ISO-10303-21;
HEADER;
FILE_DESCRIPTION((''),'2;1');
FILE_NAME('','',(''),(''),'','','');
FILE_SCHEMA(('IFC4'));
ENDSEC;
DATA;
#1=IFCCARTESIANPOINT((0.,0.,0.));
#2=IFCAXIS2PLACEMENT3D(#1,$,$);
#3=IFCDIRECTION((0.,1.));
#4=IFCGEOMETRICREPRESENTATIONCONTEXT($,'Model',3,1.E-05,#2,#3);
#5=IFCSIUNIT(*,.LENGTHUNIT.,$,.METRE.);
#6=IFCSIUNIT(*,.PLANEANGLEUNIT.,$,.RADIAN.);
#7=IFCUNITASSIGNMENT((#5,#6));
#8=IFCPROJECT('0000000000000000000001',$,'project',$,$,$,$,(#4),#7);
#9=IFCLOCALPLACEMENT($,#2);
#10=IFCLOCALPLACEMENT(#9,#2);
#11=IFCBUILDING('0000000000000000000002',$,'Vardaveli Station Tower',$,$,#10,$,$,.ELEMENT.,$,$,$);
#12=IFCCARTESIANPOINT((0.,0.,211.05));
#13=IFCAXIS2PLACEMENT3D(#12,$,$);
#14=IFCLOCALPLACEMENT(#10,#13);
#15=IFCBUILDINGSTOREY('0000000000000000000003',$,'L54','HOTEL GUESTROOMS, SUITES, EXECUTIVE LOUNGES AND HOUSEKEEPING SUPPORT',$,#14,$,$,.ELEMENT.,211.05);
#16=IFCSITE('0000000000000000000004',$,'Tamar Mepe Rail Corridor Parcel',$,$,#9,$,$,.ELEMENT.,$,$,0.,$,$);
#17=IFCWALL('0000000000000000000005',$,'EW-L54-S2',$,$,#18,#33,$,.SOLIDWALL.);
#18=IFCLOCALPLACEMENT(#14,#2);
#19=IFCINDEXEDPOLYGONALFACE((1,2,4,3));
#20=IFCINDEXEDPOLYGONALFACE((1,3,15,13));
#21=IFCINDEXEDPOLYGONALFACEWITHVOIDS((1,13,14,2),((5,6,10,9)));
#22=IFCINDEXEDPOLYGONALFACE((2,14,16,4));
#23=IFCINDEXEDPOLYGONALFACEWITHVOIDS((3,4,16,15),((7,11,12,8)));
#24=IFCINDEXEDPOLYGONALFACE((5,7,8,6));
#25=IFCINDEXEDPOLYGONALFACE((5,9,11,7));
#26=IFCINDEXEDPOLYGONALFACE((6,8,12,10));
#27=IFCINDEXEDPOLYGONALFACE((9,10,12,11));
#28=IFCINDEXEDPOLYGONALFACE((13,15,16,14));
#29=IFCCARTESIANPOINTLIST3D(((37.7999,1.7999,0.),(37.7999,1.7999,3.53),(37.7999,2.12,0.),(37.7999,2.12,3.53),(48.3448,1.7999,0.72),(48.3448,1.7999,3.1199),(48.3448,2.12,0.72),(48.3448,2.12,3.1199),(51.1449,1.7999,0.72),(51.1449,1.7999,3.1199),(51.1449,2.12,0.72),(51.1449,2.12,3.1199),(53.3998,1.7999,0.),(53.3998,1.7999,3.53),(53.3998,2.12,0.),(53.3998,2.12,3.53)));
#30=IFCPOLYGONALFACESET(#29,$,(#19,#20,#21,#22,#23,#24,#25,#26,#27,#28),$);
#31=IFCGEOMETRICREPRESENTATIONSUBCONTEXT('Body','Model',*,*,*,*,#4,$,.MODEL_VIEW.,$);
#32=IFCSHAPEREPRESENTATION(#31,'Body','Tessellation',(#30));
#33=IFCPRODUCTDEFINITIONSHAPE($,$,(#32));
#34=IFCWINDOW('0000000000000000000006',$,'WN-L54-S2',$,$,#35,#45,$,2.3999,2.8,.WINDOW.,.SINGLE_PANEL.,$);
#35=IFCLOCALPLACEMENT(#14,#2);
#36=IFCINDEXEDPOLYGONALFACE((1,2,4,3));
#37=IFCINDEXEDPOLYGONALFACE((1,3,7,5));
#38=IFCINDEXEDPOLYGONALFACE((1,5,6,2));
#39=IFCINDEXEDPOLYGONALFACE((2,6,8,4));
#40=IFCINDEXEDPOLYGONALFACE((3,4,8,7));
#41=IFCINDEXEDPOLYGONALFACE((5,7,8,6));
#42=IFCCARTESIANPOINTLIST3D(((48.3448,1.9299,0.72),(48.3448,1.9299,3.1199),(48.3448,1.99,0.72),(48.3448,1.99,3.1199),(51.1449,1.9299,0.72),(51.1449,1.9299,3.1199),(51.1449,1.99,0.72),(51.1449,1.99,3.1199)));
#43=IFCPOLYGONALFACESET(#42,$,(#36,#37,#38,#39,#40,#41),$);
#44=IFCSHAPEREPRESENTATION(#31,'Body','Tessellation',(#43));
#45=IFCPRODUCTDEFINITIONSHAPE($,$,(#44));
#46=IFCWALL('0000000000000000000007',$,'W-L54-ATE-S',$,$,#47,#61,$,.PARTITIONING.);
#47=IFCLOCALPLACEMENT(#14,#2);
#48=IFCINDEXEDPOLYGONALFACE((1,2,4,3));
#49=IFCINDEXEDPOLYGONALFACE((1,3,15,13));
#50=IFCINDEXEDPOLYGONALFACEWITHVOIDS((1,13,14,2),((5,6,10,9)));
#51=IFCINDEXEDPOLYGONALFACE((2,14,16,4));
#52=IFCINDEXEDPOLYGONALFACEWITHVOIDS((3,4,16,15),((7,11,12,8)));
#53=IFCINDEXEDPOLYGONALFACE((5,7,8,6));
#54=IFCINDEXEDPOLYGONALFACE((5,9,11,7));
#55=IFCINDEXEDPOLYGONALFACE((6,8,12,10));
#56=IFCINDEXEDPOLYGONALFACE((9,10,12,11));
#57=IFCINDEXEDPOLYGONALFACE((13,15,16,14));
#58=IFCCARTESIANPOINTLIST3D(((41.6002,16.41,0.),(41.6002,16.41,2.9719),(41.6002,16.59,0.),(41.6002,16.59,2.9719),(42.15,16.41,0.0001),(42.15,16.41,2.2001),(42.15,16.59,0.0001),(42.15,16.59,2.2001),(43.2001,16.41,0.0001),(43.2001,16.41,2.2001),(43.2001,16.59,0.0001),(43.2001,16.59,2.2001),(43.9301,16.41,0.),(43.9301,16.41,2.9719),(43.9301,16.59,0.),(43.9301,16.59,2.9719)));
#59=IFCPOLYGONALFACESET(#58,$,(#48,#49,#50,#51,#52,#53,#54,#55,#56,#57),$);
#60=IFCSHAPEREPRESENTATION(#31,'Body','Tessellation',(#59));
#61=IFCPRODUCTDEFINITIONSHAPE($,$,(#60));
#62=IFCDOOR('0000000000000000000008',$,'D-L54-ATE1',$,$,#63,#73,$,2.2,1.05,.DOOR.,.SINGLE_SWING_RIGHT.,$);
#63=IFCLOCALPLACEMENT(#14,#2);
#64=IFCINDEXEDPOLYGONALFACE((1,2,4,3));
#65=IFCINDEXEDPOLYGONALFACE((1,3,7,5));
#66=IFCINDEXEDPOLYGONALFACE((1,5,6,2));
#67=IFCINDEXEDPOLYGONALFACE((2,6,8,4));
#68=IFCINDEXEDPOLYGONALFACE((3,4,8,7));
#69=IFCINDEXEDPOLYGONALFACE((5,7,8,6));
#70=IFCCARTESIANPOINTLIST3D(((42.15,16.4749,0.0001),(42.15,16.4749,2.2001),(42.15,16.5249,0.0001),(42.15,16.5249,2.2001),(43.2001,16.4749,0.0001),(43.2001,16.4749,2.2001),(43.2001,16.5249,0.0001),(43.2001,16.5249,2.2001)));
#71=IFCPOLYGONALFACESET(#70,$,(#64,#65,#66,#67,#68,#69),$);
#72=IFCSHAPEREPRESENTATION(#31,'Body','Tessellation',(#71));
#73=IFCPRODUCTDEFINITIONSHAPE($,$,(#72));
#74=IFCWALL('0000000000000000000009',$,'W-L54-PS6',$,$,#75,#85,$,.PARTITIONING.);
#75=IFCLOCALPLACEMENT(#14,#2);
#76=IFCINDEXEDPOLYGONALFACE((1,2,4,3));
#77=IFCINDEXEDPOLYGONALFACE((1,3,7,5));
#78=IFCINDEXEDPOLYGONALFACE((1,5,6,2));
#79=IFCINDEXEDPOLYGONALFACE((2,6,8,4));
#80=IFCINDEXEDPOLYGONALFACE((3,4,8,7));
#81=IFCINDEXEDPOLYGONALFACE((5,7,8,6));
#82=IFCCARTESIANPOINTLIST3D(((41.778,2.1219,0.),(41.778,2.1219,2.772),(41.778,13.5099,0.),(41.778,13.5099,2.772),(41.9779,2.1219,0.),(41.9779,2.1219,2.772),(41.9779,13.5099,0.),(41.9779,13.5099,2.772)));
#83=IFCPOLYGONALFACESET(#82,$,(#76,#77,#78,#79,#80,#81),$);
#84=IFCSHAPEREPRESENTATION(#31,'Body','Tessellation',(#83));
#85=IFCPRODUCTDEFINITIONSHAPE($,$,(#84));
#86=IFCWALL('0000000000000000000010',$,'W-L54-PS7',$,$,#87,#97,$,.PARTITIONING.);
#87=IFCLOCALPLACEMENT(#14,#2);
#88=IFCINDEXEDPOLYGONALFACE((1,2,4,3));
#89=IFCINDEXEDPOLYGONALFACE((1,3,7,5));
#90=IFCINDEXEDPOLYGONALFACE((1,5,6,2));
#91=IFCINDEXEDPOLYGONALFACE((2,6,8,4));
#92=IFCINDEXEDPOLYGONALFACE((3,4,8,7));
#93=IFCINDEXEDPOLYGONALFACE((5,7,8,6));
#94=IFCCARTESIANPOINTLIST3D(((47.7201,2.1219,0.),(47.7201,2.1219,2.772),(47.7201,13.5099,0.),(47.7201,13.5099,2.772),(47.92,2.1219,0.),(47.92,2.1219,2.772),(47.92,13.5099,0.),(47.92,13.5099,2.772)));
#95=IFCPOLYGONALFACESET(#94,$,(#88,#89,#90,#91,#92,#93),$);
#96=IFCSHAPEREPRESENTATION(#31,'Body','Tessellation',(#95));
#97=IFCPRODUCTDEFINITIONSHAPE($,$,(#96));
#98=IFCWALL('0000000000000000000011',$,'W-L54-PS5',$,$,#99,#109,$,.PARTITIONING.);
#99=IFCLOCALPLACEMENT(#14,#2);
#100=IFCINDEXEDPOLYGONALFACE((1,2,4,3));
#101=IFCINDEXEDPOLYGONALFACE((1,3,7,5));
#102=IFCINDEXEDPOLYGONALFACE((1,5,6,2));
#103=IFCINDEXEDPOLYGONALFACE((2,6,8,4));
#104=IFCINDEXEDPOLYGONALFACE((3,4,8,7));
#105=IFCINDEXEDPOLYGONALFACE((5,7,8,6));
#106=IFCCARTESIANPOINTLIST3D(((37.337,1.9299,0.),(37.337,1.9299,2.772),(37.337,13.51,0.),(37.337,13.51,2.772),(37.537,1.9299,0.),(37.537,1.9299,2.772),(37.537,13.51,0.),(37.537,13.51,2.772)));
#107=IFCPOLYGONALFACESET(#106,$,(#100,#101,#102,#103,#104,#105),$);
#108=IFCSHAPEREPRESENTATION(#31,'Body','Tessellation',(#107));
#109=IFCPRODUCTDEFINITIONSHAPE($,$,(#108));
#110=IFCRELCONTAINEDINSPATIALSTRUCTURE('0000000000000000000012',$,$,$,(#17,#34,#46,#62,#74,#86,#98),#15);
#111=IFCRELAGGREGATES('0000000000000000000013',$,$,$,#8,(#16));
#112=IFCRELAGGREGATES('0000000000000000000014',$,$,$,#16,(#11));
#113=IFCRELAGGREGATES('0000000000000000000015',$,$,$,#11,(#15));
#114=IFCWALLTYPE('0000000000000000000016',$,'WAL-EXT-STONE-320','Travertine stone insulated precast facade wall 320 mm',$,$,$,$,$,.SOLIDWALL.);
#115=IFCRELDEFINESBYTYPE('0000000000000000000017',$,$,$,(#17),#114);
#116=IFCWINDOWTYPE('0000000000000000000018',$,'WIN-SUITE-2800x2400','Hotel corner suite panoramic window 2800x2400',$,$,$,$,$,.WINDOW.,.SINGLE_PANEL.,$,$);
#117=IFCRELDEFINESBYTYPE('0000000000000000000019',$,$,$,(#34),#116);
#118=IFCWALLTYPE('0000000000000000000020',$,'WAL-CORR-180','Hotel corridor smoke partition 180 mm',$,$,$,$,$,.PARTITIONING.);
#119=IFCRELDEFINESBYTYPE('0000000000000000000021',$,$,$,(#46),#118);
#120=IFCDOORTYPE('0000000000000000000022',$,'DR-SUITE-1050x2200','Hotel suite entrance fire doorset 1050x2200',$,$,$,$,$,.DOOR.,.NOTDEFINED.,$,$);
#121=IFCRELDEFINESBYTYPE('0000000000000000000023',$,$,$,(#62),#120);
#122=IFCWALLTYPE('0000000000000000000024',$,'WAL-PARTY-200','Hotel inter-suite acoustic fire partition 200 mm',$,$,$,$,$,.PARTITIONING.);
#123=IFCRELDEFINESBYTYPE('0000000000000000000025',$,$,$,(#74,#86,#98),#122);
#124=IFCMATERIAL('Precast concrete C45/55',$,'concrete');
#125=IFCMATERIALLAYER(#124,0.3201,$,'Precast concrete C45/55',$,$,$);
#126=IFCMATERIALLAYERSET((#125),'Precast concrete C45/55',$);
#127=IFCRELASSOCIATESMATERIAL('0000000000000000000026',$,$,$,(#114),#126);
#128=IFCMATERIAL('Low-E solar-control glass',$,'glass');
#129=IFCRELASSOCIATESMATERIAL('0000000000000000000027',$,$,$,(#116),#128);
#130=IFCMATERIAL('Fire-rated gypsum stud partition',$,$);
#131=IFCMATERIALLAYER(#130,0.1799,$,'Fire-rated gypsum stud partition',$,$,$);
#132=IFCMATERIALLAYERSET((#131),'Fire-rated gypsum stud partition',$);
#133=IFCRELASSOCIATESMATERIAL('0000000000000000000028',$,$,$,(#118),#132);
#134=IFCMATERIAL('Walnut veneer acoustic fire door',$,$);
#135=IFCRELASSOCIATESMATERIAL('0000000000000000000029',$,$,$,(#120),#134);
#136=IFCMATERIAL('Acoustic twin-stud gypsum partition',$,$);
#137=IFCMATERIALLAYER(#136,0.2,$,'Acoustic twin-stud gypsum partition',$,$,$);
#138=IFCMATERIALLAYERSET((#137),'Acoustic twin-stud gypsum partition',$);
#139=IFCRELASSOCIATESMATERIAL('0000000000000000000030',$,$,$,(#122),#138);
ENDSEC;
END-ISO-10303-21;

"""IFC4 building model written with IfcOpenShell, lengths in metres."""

from ifc_helpers import new_model, si_unit, direction, frame, frame_2d, origin, place, context, subcontext, project, spatial, rectangle, extrude, source, transform, mapped, material, layer, layer_set, type_object, element, fill, save


model = new_model("IFC4")

# Units and contexts
model_context = context("Model", 3, precision=1e-05, world=origin(), true_north=direction((0.0, 1.0)))
body_context = subcontext(model_context, "Body", "Model", "MODEL_VIEW")
ifc_project = project(units=[si_unit("LENGTHUNIT", "METRE"), si_unit("PLANEANGLEUNIT", "RADIAN")], contexts=[model_context])

# Site, building, storey
site_placement = place(None, origin())
site = spatial("IfcSite", under=ifc_project, at=site_placement, Name="Tamar Mepe Rail Corridor Parcel", CompositionType="ELEMENT", RefElevation=0.0)
building_placement = place(site_placement, origin())
building = spatial("IfcBuilding", under=site, at=building_placement, Name="Vardaveli Station Tower", CompositionType="ELEMENT")
storey_placement = place(building_placement, frame((0.0, 0.0, 211.05)))
storey = spatial("IfcBuildingStorey", under=building, at=storey_placement, Name="L54", Description="HOTEL GUESTROOMS, SUITES, EXECUTIVE LOUNGES AND HOUSEKEEPING SUPPORT", CompositionType="ELEMENT", Elevation=211.05)

# Shared definitions
ifc_material_1 = material(Name="Precast concrete C45/55", Category="concrete")

# Wall, opening, window
ifc_layer_1 = layer(ifc_material_1, 0.3201, Name="Precast concrete C45/55")
ifc_layer_set_1 = layer_set([ifc_layer_1], Name="Precast concrete C45/55")
wall_type_1 = type_object("IfcWallType", Name="WAL-EXT-STONE-320", Description="Travertine stone insulated precast facade wall 320 mm", PredefinedType="SOLIDWALL", material=ifc_layer_set_1)
shared_shape_1 = source(origin(), body_context, "Body", "SweptSolid", [
    extrude(rectangle(XDim=15.5999, YDim=0.3201, at=frame_2d((7.7998, 0.0))), origin(), (0.0, 0.0, 1.0), 3.53),
])
wall_1_placement = place(storey_placement, frame((37.8, 1.96, 0.0), z_axis=(0.0, 0.0, 1.0), x_axis=(1.0, 0.0, 0.0)))
wall_1 = element("IfcWall", 1, at=wall_1_placement, inside=storey, type_object=wall_type_1, Name="EW-L54-S2", PredefinedType="SOLIDWALL", context=body_context, shape_type="MappedRepresentation", body=[
    mapped(shared_shape_1, transform((0.0, 0.0, 0.0), scale=1.0)),
])
shared_shape_2 = source(origin(), body_context, "Body", "SweptSolid", [
    extrude(rectangle(XDim=2.8, YDim=2.3999, at=frame_2d((1.3999, 1.2))), frame((0.0, 0.1699, 0.0), z_axis=(0.0, -1.0, 0.0), x_axis=(1.0, 0.0, 0.0)), (0.0, 0.0, 1.0), 0.3401),
])
opening_1_placement = place(wall_1_placement, frame((10.5449, 0.0, 0.72)))
opening_1 = element("IfcOpeningElement", 2, at=opening_1_placement, cuts=wall_1, PredefinedType="OPENING", context=body_context, shape_type="MappedRepresentation", body=[
    mapped(shared_shape_2, transform((0.0, 0.0, 0.0), scale=1.0)),
])
ifc_material_2 = material(Name="Low-E solar-control glass", Category="glass")
window_type = type_object("IfcWindowType", Name="WIN-SUITE-2800x2400", Description="Hotel corner suite panoramic window 2800x2400", PartitioningType="SINGLE_PANEL", PredefinedType="WINDOW", material=ifc_material_2)
shared_shape_3 = source(origin(), body_context, "Body", "SweptSolid", [
    extrude(rectangle(XDim=2.8, YDim=2.3999, at=frame_2d((1.3999, 1.2))), frame((0.0, 0.03, 0.0), z_axis=(0.0, -1.0, 0.0), x_axis=(1.0, 0.0, 0.0)), (0.0, 0.0, 1.0), 0.0601),
])
window_placement = place(opening_1_placement, origin())
window = element("IfcWindow", 3, at=window_placement, inside=storey, type_object=window_type, Name="WN-L54-S2", OverallHeight=2.3999, OverallWidth=2.8, PartitioningType="SINGLE_PANEL", PredefinedType="WINDOW", context=body_context, shape_type="MappedRepresentation", body=[
    mapped(shared_shape_3, transform((0.0, 0.0, 0.0), scale=1.0)),
])
fill(opening_1, window)

# Wall, opening, door
ifc_material_3 = material(Name="Fire-rated gypsum stud partition")
ifc_layer_2 = layer(ifc_material_3, 0.1799, Name="Fire-rated gypsum stud partition")
ifc_layer_set_2 = layer_set([ifc_layer_2], Name="Fire-rated gypsum stud partition")
wall_type_2 = type_object("IfcWallType", Name="WAL-CORR-180", Description="Hotel corridor smoke partition 180 mm", PredefinedType="PARTITIONING", material=ifc_layer_set_2)
shared_shape_4 = source(origin(), body_context, "Body", "SweptSolid", [
    extrude(rectangle(XDim=2.3298, YDim=0.1799, at=frame_2d((1.165, 0.0))), origin(), (0.0, 0.0, 1.0), 2.9719),
])
wall_2_placement = place(storey_placement, frame((41.6001, 16.5, 0.0), z_axis=(0.0, 0.0, 1.0), x_axis=(1.0, 0.0, 0.0)))
wall_2 = element("IfcWall", 4, at=wall_2_placement, inside=storey, type_object=wall_type_2, Name="W-L54-ATE-S", PredefinedType="PARTITIONING", context=body_context, shape_type="MappedRepresentation", body=[
    mapped(shared_shape_4, transform((0.0, 0.0, 0.0), scale=1.0)),
])
shared_shape_5 = source(origin(), body_context, "Body", "SweptSolid", [
    extrude(rectangle(XDim=1.05, YDim=2.2, at=frame_2d((0.5249, 1.1001))), frame((0.0, 0.1001, 0.0), z_axis=(0.0, -1.0, 0.0), x_axis=(1.0, 0.0, 0.0)), (0.0, 0.0, 1.0), 0.2),
])
opening_2_placement = place(wall_2_placement, frame((0.55, 0.0, 0.0)))
opening_2 = element("IfcOpeningElement", 5, at=opening_2_placement, cuts=wall_2, PredefinedType="OPENING", context=body_context, shape_type="MappedRepresentation", body=[
    mapped(shared_shape_5, transform((0.0, 0.0, 0.0), scale=1.0)),
])
ifc_material_4 = material(Name="Walnut veneer acoustic fire door")
door_type = type_object("IfcDoorType", Name="DR-SUITE-1050x2200", Description="Hotel suite entrance fire doorset 1050x2200", OperationType="NOTDEFINED", PredefinedType="DOOR", material=ifc_material_4)
shared_shape_6 = source(origin(), body_context, "Body", "SweptSolid", [
    extrude(rectangle(XDim=1.05, YDim=2.2, at=frame_2d((0.5249, 1.1001))), frame((0.0, 0.0249, 0.0), z_axis=(0.0, -1.0, 0.0), x_axis=(1.0, 0.0, 0.0)), (0.0, 0.0, 1.0), 0.05),
])
door_placement = place(opening_2_placement, origin())
door = element("IfcDoor", 6, at=door_placement, inside=storey, type_object=door_type, Name="D-L54-ATE1", OperationType="SINGLE_SWING_RIGHT", OverallHeight=2.2, OverallWidth=1.05, PredefinedType="DOOR", context=body_context, shape_type="MappedRepresentation", body=[
    mapped(shared_shape_6, transform((0.0, 0.0, 0.0), scale=1.0)),
])
fill(opening_2, door)

# Walls
ifc_material_5 = material(Name="Acoustic twin-stud gypsum partition")
ifc_layer_3 = layer(ifc_material_5, 0.2, Name="Acoustic twin-stud gypsum partition")
ifc_layer_set_3 = layer_set([ifc_layer_3], Name="Acoustic twin-stud gypsum partition")
wall_type_3 = type_object("IfcWallType", Name="WAL-PARTY-200", Description="Hotel inter-suite acoustic fire partition 200 mm", PredefinedType="PARTITIONING", material=ifc_layer_set_3)
shared_shape_7 = source(origin(), body_context, "Body", "SweptSolid", [
    extrude(rectangle(XDim=11.3879, YDim=0.2, at=frame_2d((5.6938, 0.0))), origin(), (0.0, 0.0, 1.0), 2.772),
])
for number, where, z_axis, x_axis, name in (
    (7, (41.8779, 2.1221, 0.0), (0.0, 0.0, 1.0), (0.0, 1.0, 0.0), "W-L54-PS6"),
    (8, (47.8201, 2.1221, 0.0), (0.0, 0.0, 1.0), (0.0, 1.0, 0.0), "W-L54-PS7"),
):
    element("IfcWall", number, at=place(storey_placement, frame(where, z_axis=z_axis, x_axis=x_axis)), inside=storey, type_object=wall_type_3, Name=name, PredefinedType="PARTITIONING", context=body_context, shape_type="MappedRepresentation", body=[
        mapped(shared_shape_7, transform((0.0, 0.0, 0.0), scale=1.0)),
    ])
shared_shape_8 = source(origin(), body_context, "Body", "SweptSolid", [
    extrude(rectangle(XDim=11.5801, YDim=0.2, at=frame_2d((5.79, 0.0))), origin(), (0.0, 0.0, 1.0), 2.772),
])
wall_3_placement = place(storey_placement, frame((37.437, 1.9299, 0.0), z_axis=(0.0, 0.0, 1.0), x_axis=(0.0, 1.0, 0.0)))
element("IfcWall", 9, at=wall_3_placement, inside=storey, type_object=wall_type_3, Name="W-L54-PS5", PredefinedType="PARTITIONING", context=body_context, shape_type="MappedRepresentation", body=[
    mapped(shared_shape_8, transform((0.0, 0.0, 0.0), scale=1.0)),
])

save(model, "model.ifc")
